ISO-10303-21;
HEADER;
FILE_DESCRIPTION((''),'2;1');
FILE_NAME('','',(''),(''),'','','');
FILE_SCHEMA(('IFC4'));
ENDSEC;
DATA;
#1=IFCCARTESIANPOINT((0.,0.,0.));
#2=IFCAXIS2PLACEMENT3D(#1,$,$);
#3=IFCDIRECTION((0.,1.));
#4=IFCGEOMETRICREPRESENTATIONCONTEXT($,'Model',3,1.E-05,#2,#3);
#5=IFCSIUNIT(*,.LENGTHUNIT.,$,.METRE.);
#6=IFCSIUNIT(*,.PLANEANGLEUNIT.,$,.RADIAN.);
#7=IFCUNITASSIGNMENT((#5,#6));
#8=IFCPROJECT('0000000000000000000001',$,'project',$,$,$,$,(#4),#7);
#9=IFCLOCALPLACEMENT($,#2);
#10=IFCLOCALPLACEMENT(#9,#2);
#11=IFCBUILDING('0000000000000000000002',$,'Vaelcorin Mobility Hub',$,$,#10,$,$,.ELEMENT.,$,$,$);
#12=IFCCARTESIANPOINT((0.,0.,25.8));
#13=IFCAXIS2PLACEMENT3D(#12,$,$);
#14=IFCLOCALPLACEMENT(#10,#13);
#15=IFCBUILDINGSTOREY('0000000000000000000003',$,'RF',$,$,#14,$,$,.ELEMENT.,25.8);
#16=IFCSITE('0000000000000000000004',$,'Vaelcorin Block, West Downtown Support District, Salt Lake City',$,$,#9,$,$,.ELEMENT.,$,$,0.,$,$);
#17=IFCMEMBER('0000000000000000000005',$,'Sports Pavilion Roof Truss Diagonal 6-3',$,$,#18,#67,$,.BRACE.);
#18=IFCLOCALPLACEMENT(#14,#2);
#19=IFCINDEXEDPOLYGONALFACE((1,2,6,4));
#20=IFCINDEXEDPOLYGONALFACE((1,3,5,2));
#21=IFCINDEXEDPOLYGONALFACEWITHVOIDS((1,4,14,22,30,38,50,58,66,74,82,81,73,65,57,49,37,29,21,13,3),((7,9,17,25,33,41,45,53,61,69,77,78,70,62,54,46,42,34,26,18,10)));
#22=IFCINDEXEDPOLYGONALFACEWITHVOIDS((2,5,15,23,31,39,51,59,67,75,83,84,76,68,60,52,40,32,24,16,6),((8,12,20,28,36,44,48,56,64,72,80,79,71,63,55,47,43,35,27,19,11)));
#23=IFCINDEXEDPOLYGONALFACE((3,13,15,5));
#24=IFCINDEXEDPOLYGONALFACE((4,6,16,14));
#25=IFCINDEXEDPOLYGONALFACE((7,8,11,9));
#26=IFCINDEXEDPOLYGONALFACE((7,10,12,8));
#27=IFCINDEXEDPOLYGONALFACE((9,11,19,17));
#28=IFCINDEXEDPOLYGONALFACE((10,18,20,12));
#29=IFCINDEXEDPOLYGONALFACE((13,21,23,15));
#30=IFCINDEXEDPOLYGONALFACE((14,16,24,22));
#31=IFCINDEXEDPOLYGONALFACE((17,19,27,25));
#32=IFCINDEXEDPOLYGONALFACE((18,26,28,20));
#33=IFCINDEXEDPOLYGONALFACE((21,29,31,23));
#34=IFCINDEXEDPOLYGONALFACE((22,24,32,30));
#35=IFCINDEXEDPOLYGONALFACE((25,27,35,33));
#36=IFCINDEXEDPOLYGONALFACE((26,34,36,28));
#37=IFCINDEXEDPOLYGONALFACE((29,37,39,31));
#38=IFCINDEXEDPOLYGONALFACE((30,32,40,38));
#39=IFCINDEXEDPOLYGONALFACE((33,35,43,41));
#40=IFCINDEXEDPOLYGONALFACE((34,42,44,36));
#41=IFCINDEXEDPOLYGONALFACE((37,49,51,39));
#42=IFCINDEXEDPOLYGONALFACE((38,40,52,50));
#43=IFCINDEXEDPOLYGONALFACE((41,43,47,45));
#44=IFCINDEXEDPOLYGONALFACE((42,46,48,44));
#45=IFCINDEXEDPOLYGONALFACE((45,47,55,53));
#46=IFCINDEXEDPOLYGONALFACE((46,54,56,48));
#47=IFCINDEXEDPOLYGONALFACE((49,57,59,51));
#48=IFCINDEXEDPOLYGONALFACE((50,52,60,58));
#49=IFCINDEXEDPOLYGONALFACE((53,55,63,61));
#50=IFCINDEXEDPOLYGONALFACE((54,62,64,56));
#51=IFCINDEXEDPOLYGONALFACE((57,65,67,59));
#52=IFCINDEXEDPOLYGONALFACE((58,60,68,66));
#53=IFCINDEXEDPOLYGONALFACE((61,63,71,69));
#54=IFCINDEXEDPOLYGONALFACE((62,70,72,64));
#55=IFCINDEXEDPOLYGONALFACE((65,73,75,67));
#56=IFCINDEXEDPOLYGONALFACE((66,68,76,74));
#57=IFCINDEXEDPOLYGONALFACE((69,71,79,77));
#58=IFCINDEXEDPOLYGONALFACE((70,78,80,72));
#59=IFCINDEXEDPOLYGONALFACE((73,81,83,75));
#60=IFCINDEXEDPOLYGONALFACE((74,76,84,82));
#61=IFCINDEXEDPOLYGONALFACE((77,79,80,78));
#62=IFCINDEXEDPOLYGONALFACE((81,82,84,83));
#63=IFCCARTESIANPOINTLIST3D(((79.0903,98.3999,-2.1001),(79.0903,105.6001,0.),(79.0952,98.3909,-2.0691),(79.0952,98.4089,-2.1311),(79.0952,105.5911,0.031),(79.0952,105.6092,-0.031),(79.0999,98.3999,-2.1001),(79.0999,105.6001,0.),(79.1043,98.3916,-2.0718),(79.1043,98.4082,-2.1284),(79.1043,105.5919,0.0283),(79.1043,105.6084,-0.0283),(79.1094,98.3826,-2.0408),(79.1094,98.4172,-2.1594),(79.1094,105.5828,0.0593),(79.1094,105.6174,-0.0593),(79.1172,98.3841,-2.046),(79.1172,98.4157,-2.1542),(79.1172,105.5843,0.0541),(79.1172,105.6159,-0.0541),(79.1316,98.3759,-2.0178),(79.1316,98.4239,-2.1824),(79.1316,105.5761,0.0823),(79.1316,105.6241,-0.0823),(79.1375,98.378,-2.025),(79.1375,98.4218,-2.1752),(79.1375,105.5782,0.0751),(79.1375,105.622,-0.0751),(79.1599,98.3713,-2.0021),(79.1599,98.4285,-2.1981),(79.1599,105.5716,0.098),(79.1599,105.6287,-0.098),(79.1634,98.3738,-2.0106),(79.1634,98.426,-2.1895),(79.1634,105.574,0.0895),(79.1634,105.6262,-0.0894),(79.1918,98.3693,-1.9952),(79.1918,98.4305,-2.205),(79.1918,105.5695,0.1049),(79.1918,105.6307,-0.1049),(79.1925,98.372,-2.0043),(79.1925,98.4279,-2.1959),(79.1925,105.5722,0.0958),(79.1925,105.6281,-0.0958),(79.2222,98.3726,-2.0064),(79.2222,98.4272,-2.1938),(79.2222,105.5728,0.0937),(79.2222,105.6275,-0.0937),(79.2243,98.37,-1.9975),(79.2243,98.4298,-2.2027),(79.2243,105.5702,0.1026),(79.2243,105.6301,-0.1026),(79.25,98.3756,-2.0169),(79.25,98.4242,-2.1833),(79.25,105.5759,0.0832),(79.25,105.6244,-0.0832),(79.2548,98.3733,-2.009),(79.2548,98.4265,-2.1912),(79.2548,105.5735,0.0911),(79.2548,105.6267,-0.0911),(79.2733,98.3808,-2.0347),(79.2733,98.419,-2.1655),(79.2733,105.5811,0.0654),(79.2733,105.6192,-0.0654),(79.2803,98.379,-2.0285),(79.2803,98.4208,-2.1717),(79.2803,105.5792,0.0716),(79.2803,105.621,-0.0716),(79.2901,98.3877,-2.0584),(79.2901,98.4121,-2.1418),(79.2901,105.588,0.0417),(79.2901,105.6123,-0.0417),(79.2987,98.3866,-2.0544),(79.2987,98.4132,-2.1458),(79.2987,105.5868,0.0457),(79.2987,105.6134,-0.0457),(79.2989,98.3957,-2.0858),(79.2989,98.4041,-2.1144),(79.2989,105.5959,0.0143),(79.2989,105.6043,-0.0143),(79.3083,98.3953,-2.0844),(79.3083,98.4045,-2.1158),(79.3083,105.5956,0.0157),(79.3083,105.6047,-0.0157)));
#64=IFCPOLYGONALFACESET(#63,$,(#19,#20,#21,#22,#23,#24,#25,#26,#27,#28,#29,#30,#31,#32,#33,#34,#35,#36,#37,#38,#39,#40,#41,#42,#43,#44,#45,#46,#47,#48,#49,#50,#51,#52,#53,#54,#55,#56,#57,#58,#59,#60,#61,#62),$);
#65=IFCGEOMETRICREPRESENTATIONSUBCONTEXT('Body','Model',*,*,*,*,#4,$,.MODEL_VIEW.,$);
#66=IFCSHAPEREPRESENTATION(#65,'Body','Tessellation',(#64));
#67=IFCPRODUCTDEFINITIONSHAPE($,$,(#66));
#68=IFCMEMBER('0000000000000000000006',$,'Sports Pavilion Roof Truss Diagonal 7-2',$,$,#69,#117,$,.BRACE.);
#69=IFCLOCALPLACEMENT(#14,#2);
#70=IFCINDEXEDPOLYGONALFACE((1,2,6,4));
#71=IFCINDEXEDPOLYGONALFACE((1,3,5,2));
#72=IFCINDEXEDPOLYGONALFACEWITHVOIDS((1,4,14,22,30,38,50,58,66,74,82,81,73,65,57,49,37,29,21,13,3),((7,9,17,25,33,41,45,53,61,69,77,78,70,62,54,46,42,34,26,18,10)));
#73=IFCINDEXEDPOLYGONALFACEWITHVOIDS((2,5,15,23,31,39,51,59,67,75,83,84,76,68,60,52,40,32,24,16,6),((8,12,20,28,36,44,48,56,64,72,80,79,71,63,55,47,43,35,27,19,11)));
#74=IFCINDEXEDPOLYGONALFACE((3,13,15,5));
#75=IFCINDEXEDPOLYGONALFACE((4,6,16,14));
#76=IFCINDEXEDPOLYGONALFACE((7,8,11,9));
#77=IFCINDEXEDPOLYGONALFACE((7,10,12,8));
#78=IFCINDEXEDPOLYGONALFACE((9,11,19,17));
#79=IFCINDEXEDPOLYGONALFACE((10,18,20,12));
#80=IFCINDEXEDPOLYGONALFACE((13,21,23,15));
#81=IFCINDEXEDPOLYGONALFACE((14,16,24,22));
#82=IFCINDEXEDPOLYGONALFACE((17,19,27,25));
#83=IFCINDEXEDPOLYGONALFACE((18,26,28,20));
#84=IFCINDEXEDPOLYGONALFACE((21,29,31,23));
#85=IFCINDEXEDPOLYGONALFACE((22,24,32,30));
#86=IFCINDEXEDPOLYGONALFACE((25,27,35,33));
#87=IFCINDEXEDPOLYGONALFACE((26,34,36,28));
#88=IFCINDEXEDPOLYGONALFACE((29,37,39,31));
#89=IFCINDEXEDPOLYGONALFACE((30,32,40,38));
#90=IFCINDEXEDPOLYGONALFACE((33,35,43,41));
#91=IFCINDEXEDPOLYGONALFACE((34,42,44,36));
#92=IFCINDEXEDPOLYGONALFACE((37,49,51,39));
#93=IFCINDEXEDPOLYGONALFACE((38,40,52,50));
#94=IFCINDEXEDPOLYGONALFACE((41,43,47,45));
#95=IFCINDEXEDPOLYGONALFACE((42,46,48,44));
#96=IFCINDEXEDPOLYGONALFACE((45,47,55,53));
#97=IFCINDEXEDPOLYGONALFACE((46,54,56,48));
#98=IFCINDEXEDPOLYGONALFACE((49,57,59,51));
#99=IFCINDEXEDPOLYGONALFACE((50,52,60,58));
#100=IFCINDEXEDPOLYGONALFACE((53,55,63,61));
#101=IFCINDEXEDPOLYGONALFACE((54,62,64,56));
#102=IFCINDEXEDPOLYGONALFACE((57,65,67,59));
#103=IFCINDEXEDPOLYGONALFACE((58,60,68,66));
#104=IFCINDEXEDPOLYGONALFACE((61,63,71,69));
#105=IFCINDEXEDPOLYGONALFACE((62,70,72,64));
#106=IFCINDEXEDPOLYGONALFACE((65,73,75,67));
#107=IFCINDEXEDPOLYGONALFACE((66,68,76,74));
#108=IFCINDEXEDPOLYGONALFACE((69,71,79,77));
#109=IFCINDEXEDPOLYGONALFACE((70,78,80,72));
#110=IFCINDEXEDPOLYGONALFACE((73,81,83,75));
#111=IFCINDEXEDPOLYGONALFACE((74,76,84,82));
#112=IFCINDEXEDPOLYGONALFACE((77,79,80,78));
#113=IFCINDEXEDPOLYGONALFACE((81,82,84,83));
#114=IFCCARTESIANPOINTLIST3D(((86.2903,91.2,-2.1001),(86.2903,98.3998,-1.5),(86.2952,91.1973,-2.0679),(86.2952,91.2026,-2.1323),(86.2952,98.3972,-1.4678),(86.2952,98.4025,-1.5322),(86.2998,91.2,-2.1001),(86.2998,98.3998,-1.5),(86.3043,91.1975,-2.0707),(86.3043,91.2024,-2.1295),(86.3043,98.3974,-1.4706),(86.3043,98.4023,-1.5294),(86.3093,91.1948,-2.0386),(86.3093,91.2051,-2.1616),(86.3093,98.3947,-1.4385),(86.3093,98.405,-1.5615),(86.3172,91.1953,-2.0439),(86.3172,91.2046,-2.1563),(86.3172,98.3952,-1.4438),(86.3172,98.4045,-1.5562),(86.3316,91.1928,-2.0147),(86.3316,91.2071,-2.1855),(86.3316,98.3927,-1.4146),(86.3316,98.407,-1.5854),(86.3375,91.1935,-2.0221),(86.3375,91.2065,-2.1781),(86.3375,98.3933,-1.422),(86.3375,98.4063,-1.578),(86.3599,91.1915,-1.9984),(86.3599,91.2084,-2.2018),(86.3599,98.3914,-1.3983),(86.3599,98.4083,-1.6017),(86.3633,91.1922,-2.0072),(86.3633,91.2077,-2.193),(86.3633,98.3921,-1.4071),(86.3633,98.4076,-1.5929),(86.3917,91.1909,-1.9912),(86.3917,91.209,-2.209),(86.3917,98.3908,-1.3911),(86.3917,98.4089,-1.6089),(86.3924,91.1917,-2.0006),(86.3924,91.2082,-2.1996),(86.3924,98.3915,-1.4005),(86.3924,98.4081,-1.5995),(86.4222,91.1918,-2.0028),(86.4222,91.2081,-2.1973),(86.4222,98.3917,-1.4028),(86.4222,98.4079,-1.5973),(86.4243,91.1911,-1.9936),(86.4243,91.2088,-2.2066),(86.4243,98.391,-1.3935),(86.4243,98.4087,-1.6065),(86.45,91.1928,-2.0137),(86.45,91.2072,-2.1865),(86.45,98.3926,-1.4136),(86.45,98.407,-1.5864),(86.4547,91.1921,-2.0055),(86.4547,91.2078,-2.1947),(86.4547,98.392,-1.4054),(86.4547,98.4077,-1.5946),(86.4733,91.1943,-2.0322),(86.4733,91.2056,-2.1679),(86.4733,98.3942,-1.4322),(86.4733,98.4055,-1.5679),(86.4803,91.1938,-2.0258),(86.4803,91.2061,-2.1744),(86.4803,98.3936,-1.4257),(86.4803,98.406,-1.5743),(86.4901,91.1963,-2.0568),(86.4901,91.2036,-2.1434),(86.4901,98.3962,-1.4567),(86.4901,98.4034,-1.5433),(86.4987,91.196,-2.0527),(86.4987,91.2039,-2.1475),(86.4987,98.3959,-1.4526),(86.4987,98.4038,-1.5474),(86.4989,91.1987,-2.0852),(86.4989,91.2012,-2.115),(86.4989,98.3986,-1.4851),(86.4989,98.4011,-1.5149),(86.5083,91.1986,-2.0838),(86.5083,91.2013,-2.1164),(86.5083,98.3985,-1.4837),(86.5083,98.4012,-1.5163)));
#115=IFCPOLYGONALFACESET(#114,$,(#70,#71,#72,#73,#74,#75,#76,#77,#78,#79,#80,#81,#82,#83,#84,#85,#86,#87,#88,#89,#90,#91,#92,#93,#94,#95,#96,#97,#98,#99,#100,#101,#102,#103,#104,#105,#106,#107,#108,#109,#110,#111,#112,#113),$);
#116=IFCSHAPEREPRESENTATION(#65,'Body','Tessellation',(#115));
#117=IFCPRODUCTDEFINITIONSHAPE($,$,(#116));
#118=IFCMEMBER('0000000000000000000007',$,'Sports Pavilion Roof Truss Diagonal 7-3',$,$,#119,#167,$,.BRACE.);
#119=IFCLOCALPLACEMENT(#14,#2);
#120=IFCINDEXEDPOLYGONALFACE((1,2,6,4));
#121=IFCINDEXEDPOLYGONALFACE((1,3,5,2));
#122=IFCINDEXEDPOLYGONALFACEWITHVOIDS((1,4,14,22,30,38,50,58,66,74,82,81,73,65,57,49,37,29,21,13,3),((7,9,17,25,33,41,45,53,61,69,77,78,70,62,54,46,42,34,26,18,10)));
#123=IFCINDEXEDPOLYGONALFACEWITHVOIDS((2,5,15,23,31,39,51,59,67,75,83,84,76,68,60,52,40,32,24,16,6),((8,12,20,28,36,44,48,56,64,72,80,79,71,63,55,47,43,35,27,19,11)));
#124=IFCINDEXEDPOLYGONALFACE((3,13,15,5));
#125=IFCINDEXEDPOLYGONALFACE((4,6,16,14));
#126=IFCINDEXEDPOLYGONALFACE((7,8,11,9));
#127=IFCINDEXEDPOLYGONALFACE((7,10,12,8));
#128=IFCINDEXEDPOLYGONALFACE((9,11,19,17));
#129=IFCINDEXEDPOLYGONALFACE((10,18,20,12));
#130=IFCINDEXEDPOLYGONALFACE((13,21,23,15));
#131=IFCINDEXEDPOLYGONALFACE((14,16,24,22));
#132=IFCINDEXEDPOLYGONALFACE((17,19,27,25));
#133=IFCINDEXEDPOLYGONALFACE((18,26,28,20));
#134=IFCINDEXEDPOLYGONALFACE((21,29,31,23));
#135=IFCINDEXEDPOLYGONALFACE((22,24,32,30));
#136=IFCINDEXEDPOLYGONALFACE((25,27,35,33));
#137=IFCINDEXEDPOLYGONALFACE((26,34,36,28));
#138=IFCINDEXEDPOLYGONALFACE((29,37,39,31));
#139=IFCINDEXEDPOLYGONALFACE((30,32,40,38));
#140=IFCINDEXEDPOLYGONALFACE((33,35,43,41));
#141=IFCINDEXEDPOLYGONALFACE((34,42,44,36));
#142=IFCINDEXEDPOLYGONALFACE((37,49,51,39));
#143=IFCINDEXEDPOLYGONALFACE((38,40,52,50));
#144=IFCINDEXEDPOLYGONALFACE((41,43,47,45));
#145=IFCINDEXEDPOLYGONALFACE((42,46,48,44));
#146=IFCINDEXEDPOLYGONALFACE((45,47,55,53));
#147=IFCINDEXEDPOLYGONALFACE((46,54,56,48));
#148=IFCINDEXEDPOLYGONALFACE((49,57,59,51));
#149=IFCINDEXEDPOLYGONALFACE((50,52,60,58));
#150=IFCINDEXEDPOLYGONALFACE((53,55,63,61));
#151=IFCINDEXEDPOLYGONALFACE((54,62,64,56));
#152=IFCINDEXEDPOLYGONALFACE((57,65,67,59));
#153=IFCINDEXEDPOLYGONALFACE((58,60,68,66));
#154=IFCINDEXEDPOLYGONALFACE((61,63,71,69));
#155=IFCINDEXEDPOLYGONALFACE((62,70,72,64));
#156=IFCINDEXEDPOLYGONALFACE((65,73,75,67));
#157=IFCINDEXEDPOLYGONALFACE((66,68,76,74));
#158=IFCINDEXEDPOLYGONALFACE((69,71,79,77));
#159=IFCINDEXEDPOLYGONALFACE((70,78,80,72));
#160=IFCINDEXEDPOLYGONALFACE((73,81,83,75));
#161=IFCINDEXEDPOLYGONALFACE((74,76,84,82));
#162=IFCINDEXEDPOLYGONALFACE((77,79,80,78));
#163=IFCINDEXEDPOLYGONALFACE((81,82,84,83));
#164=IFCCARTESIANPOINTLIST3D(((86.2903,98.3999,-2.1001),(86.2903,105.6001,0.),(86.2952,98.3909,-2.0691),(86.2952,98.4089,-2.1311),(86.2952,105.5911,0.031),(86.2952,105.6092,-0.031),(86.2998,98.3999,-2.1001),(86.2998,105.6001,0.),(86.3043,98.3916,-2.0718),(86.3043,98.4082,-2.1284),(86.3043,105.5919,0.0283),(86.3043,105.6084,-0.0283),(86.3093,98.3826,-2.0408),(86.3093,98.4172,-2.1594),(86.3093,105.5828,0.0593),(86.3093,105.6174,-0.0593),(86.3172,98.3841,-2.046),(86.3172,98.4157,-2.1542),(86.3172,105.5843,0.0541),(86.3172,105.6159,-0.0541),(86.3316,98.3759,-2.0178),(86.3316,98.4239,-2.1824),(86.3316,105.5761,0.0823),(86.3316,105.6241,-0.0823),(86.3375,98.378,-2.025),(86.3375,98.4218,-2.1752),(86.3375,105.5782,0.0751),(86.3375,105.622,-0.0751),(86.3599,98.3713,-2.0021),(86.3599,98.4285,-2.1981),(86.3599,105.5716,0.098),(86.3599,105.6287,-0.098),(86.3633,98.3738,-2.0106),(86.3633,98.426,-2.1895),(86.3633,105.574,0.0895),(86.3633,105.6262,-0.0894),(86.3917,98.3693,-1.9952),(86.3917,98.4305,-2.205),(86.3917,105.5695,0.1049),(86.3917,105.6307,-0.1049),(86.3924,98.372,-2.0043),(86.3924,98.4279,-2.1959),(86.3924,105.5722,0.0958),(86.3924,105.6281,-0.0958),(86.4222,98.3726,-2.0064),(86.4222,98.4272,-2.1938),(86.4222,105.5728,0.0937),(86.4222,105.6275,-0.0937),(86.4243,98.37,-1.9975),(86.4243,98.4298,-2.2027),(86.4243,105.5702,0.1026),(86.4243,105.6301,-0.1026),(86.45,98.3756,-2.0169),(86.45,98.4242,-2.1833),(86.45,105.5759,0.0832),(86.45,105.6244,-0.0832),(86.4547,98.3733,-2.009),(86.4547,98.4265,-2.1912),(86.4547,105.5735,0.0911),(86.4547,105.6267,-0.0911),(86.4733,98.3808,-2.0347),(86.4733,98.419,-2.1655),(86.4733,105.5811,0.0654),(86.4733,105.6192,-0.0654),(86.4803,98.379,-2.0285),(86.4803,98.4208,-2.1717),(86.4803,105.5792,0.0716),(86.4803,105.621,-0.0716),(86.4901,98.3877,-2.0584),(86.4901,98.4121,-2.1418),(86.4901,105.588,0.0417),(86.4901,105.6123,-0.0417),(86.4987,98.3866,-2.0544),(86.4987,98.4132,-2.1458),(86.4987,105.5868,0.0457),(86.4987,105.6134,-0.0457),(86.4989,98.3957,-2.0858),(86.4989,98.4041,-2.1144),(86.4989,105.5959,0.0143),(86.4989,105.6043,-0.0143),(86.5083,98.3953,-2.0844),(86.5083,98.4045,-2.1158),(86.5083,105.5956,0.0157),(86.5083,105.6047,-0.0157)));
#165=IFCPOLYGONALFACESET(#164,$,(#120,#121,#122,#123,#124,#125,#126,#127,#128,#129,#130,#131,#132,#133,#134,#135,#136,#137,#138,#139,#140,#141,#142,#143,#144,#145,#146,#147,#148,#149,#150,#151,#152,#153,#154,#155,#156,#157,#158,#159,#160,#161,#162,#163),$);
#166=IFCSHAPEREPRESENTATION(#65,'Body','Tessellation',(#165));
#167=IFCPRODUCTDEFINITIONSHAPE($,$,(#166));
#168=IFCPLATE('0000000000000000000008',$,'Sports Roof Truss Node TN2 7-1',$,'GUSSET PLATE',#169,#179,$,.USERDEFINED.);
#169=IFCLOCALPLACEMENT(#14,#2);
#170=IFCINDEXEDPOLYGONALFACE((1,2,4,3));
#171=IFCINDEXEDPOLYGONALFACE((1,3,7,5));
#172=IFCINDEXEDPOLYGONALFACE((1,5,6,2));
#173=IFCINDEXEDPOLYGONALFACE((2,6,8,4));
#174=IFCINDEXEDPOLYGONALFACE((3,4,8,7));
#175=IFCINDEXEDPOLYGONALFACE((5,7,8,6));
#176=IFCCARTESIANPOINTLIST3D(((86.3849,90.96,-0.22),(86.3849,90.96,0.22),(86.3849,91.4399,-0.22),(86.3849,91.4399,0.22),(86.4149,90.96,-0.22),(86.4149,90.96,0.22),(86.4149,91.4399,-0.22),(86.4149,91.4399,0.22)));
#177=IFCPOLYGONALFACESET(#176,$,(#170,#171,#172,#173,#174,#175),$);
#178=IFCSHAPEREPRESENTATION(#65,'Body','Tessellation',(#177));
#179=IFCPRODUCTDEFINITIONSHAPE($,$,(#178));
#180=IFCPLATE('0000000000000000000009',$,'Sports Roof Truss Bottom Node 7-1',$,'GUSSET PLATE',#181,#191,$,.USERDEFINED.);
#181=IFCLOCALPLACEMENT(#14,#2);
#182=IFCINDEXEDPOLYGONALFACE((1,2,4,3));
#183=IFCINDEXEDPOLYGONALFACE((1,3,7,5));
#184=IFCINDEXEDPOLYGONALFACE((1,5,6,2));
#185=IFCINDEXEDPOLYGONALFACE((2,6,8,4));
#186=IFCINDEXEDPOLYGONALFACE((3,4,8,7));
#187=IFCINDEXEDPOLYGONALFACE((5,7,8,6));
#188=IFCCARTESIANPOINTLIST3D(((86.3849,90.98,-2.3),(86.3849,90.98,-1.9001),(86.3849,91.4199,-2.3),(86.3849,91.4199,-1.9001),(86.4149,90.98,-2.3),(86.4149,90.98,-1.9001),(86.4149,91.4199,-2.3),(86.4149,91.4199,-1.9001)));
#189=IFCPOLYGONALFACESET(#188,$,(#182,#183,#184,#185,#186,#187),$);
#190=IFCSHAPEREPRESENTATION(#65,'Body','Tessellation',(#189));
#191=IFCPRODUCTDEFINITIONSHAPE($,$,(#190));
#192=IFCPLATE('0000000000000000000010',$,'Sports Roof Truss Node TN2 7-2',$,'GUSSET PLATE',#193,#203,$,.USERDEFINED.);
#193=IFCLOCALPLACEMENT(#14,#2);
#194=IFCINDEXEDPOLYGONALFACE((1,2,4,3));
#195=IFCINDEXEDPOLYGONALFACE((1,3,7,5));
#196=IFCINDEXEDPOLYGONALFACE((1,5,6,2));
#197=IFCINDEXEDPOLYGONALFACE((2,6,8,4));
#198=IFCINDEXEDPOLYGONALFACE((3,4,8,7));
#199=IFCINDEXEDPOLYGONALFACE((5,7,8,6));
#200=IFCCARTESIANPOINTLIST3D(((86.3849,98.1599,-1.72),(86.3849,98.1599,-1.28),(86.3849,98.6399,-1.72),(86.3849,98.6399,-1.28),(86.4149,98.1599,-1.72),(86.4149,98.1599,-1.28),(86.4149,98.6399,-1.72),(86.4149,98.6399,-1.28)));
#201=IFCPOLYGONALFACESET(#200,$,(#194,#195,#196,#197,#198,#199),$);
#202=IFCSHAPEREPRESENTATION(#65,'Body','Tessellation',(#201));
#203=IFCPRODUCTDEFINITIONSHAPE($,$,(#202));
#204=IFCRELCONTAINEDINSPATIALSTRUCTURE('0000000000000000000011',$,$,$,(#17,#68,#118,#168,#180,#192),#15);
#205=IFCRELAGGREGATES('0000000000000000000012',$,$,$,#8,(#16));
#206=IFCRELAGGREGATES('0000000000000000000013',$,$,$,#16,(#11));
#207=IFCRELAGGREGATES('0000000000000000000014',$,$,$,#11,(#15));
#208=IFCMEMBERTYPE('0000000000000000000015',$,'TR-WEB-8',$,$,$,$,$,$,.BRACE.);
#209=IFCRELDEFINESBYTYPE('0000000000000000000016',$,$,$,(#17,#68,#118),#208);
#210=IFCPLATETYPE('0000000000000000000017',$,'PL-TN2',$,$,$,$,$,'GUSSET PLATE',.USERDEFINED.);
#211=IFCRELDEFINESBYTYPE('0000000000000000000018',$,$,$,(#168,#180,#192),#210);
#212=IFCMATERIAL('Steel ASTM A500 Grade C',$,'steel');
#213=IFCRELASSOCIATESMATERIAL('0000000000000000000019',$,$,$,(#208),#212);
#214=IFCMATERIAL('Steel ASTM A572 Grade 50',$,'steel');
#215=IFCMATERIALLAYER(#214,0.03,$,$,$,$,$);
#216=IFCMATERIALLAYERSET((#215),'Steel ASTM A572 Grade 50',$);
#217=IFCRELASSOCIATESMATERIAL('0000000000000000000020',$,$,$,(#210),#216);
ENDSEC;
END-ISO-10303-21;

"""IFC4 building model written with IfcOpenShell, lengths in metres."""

from ifc_helpers import new_model, si_unit, direction, frame, origin, origin_2d, place, context, subcontext, project, spatial, rectangle, hollow_circle, extrude, material, layer, layer_set, material_profile, profile_set, type_object, element, save


model = new_model("IFC4")

# Units and contexts
model_context = context("Model", 3, precision=1e-05, world=origin(), true_north=direction((0.0, 1.0)))
body_context = subcontext(model_context, "Body", "Model", "MODEL_VIEW")
ifc_project = project(units=[si_unit("LENGTHUNIT", "METRE"), si_unit("PLANEANGLEUNIT", "RADIAN")], contexts=[model_context])

# Site, building, storey
site_placement = place(None, origin())
site = spatial("IfcSite", under=ifc_project, at=site_placement, Name="Vaelcorin Block, West Downtown Support District, Salt Lake City", CompositionType="ELEMENT", RefElevation=0.0)
building_placement = place(site_placement, origin())
building = spatial("IfcBuilding", under=site, at=building_placement, Name="Vaelcorin Mobility Hub", CompositionType="ELEMENT")
storey_placement = place(building_placement, frame((0.0, 0.0, 25.8)))
storey = spatial("IfcBuildingStorey", under=building, at=storey_placement, Name="RF", CompositionType="ELEMENT", Elevation=25.8)

# Shared definitions
ifc_material_1 = material(Name="Steel ASTM A500 Grade C", Category="steel")

# Members
ifc_material_profile_1 = material_profile(ifc_material_1, hollow_circle(Radius=0.1096, WallThickness=0.0095, at=origin_2d()), Name="HSS8.625X0.375")
ifc_profile_set_1 = profile_set([ifc_material_profile_1], Name="Steel ASTM A500 Grade C")
member_type_1 = type_object("IfcMemberType", Name="TR-WEB-8", PredefinedType="BRACE", material=ifc_profile_set_1)
member_1_placement = place(storey_placement, frame((79.2, 98.3999, -2.1001), z_axis=(0.0, 0.959999, 0.280005), x_axis=(-1.0, 0.0, 0.0)))
element("IfcMember", 1, at=member_1_placement, inside=storey, type_object=member_type_1, Name="Sports Pavilion Roof Truss Diagonal 6-3", PredefinedType="BRACE", context=body_context, shape_type="SweptSolid", body=[
    extrude(hollow_circle(Radius=0.1096, WallThickness=0.0095, at=origin_2d()), origin(), (0.0, 0.0, 1.0), 7.5002),
])
member_2_placement = place(storey_placement, frame((86.3999, 91.2, -2.1001), z_axis=(0.0, 0.996545, 0.083059), x_axis=(-1.0, 0.0, 0.0)))
element("IfcMember", 2, at=member_2_placement, inside=storey, type_object=member_type_1, Name="Sports Pavilion Roof Truss Diagonal 7-2", PredefinedType="BRACE", context=body_context, shape_type="SweptSolid", body=[
    extrude(hollow_circle(Radius=0.1096, WallThickness=0.0095, at=origin_2d()), origin(), (0.0, 0.0, 1.0), 7.2249),
])
member_3_placement = place(storey_placement, frame((86.3999, 98.3999, -2.1001), z_axis=(0.0, 0.959999, 0.280005), x_axis=(-1.0, 0.0, 0.0)))
element("IfcMember", 3, at=member_3_placement, inside=storey, type_object=member_type_1, Name="Sports Pavilion Roof Truss Diagonal 7-3", PredefinedType="BRACE", context=body_context, shape_type="SweptSolid", body=[
    extrude(hollow_circle(Radius=0.1096, WallThickness=0.0095, at=origin_2d()), origin(), (0.0, 0.0, 1.0), 7.5002),
])

# Plates
ifc_material_2 = material(Name="Steel ASTM A572 Grade 50", Category="steel")
ifc_layer_1 = layer(ifc_material_2, 0.03)
ifc_layer_set_1 = layer_set([ifc_layer_1], Name="Steel ASTM A572 Grade 50")
plate_type = type_object("IfcPlateType", Name="PL-TN2", ElementType="GUSSET PLATE", PredefinedType="USERDEFINED", material=ifc_layer_set_1)
plate_1_placement = place(storey_placement, frame((86.3999, 91.2, -0.22), z_axis=(0.0, 0.0, 1.0), x_axis=(1.0, 0.0, 0.0)))
element("IfcPlate", 4, at=plate_1_placement, inside=storey, type_object=plate_type, Name="Sports Roof Truss Node TN2 7-1", ObjectType="GUSSET PLATE", PredefinedType="USERDEFINED", context=body_context, shape_type="SweptSolid", body=[
    extrude(rectangle(XDim=0.03, YDim=0.48, at=origin_2d()), origin(), (0.0, 0.0, 1.0), 0.4399),
])
plate_2_placement = place(storey_placement, frame((86.3999, 91.2, -2.3), z_axis=(0.0, 0.0, 1.0), x_axis=(1.0, 0.0, 0.0)))
element("IfcPlate", 5, at=plate_2_placement, inside=storey, type_object=plate_type, Name="Sports Roof Truss Bottom Node 7-1", ObjectType="GUSSET PLATE", PredefinedType="USERDEFINED", context=body_context, shape_type="SweptSolid", body=[
    extrude(rectangle(XDim=0.03, YDim=0.4399, at=origin_2d()), origin(), (0.0, 0.0, 1.0), 0.3999),
])
plate_3_placement = place(storey_placement, frame((86.3999, 98.3999, -1.72), z_axis=(0.0, 0.0, 1.0), x_axis=(1.0, 0.0, 0.0)))
element("IfcPlate", 6, at=plate_3_placement, inside=storey, type_object=plate_type, Name="Sports Roof Truss Node TN2 7-2", ObjectType="GUSSET PLATE", PredefinedType="USERDEFINED", context=body_context, shape_type="SweptSolid", body=[
    extrude(rectangle(XDim=0.03, YDim=0.48, at=origin_2d()), origin(), (0.0, 0.0, 1.0), 0.4399),
])

save(model, "model.ifc")
